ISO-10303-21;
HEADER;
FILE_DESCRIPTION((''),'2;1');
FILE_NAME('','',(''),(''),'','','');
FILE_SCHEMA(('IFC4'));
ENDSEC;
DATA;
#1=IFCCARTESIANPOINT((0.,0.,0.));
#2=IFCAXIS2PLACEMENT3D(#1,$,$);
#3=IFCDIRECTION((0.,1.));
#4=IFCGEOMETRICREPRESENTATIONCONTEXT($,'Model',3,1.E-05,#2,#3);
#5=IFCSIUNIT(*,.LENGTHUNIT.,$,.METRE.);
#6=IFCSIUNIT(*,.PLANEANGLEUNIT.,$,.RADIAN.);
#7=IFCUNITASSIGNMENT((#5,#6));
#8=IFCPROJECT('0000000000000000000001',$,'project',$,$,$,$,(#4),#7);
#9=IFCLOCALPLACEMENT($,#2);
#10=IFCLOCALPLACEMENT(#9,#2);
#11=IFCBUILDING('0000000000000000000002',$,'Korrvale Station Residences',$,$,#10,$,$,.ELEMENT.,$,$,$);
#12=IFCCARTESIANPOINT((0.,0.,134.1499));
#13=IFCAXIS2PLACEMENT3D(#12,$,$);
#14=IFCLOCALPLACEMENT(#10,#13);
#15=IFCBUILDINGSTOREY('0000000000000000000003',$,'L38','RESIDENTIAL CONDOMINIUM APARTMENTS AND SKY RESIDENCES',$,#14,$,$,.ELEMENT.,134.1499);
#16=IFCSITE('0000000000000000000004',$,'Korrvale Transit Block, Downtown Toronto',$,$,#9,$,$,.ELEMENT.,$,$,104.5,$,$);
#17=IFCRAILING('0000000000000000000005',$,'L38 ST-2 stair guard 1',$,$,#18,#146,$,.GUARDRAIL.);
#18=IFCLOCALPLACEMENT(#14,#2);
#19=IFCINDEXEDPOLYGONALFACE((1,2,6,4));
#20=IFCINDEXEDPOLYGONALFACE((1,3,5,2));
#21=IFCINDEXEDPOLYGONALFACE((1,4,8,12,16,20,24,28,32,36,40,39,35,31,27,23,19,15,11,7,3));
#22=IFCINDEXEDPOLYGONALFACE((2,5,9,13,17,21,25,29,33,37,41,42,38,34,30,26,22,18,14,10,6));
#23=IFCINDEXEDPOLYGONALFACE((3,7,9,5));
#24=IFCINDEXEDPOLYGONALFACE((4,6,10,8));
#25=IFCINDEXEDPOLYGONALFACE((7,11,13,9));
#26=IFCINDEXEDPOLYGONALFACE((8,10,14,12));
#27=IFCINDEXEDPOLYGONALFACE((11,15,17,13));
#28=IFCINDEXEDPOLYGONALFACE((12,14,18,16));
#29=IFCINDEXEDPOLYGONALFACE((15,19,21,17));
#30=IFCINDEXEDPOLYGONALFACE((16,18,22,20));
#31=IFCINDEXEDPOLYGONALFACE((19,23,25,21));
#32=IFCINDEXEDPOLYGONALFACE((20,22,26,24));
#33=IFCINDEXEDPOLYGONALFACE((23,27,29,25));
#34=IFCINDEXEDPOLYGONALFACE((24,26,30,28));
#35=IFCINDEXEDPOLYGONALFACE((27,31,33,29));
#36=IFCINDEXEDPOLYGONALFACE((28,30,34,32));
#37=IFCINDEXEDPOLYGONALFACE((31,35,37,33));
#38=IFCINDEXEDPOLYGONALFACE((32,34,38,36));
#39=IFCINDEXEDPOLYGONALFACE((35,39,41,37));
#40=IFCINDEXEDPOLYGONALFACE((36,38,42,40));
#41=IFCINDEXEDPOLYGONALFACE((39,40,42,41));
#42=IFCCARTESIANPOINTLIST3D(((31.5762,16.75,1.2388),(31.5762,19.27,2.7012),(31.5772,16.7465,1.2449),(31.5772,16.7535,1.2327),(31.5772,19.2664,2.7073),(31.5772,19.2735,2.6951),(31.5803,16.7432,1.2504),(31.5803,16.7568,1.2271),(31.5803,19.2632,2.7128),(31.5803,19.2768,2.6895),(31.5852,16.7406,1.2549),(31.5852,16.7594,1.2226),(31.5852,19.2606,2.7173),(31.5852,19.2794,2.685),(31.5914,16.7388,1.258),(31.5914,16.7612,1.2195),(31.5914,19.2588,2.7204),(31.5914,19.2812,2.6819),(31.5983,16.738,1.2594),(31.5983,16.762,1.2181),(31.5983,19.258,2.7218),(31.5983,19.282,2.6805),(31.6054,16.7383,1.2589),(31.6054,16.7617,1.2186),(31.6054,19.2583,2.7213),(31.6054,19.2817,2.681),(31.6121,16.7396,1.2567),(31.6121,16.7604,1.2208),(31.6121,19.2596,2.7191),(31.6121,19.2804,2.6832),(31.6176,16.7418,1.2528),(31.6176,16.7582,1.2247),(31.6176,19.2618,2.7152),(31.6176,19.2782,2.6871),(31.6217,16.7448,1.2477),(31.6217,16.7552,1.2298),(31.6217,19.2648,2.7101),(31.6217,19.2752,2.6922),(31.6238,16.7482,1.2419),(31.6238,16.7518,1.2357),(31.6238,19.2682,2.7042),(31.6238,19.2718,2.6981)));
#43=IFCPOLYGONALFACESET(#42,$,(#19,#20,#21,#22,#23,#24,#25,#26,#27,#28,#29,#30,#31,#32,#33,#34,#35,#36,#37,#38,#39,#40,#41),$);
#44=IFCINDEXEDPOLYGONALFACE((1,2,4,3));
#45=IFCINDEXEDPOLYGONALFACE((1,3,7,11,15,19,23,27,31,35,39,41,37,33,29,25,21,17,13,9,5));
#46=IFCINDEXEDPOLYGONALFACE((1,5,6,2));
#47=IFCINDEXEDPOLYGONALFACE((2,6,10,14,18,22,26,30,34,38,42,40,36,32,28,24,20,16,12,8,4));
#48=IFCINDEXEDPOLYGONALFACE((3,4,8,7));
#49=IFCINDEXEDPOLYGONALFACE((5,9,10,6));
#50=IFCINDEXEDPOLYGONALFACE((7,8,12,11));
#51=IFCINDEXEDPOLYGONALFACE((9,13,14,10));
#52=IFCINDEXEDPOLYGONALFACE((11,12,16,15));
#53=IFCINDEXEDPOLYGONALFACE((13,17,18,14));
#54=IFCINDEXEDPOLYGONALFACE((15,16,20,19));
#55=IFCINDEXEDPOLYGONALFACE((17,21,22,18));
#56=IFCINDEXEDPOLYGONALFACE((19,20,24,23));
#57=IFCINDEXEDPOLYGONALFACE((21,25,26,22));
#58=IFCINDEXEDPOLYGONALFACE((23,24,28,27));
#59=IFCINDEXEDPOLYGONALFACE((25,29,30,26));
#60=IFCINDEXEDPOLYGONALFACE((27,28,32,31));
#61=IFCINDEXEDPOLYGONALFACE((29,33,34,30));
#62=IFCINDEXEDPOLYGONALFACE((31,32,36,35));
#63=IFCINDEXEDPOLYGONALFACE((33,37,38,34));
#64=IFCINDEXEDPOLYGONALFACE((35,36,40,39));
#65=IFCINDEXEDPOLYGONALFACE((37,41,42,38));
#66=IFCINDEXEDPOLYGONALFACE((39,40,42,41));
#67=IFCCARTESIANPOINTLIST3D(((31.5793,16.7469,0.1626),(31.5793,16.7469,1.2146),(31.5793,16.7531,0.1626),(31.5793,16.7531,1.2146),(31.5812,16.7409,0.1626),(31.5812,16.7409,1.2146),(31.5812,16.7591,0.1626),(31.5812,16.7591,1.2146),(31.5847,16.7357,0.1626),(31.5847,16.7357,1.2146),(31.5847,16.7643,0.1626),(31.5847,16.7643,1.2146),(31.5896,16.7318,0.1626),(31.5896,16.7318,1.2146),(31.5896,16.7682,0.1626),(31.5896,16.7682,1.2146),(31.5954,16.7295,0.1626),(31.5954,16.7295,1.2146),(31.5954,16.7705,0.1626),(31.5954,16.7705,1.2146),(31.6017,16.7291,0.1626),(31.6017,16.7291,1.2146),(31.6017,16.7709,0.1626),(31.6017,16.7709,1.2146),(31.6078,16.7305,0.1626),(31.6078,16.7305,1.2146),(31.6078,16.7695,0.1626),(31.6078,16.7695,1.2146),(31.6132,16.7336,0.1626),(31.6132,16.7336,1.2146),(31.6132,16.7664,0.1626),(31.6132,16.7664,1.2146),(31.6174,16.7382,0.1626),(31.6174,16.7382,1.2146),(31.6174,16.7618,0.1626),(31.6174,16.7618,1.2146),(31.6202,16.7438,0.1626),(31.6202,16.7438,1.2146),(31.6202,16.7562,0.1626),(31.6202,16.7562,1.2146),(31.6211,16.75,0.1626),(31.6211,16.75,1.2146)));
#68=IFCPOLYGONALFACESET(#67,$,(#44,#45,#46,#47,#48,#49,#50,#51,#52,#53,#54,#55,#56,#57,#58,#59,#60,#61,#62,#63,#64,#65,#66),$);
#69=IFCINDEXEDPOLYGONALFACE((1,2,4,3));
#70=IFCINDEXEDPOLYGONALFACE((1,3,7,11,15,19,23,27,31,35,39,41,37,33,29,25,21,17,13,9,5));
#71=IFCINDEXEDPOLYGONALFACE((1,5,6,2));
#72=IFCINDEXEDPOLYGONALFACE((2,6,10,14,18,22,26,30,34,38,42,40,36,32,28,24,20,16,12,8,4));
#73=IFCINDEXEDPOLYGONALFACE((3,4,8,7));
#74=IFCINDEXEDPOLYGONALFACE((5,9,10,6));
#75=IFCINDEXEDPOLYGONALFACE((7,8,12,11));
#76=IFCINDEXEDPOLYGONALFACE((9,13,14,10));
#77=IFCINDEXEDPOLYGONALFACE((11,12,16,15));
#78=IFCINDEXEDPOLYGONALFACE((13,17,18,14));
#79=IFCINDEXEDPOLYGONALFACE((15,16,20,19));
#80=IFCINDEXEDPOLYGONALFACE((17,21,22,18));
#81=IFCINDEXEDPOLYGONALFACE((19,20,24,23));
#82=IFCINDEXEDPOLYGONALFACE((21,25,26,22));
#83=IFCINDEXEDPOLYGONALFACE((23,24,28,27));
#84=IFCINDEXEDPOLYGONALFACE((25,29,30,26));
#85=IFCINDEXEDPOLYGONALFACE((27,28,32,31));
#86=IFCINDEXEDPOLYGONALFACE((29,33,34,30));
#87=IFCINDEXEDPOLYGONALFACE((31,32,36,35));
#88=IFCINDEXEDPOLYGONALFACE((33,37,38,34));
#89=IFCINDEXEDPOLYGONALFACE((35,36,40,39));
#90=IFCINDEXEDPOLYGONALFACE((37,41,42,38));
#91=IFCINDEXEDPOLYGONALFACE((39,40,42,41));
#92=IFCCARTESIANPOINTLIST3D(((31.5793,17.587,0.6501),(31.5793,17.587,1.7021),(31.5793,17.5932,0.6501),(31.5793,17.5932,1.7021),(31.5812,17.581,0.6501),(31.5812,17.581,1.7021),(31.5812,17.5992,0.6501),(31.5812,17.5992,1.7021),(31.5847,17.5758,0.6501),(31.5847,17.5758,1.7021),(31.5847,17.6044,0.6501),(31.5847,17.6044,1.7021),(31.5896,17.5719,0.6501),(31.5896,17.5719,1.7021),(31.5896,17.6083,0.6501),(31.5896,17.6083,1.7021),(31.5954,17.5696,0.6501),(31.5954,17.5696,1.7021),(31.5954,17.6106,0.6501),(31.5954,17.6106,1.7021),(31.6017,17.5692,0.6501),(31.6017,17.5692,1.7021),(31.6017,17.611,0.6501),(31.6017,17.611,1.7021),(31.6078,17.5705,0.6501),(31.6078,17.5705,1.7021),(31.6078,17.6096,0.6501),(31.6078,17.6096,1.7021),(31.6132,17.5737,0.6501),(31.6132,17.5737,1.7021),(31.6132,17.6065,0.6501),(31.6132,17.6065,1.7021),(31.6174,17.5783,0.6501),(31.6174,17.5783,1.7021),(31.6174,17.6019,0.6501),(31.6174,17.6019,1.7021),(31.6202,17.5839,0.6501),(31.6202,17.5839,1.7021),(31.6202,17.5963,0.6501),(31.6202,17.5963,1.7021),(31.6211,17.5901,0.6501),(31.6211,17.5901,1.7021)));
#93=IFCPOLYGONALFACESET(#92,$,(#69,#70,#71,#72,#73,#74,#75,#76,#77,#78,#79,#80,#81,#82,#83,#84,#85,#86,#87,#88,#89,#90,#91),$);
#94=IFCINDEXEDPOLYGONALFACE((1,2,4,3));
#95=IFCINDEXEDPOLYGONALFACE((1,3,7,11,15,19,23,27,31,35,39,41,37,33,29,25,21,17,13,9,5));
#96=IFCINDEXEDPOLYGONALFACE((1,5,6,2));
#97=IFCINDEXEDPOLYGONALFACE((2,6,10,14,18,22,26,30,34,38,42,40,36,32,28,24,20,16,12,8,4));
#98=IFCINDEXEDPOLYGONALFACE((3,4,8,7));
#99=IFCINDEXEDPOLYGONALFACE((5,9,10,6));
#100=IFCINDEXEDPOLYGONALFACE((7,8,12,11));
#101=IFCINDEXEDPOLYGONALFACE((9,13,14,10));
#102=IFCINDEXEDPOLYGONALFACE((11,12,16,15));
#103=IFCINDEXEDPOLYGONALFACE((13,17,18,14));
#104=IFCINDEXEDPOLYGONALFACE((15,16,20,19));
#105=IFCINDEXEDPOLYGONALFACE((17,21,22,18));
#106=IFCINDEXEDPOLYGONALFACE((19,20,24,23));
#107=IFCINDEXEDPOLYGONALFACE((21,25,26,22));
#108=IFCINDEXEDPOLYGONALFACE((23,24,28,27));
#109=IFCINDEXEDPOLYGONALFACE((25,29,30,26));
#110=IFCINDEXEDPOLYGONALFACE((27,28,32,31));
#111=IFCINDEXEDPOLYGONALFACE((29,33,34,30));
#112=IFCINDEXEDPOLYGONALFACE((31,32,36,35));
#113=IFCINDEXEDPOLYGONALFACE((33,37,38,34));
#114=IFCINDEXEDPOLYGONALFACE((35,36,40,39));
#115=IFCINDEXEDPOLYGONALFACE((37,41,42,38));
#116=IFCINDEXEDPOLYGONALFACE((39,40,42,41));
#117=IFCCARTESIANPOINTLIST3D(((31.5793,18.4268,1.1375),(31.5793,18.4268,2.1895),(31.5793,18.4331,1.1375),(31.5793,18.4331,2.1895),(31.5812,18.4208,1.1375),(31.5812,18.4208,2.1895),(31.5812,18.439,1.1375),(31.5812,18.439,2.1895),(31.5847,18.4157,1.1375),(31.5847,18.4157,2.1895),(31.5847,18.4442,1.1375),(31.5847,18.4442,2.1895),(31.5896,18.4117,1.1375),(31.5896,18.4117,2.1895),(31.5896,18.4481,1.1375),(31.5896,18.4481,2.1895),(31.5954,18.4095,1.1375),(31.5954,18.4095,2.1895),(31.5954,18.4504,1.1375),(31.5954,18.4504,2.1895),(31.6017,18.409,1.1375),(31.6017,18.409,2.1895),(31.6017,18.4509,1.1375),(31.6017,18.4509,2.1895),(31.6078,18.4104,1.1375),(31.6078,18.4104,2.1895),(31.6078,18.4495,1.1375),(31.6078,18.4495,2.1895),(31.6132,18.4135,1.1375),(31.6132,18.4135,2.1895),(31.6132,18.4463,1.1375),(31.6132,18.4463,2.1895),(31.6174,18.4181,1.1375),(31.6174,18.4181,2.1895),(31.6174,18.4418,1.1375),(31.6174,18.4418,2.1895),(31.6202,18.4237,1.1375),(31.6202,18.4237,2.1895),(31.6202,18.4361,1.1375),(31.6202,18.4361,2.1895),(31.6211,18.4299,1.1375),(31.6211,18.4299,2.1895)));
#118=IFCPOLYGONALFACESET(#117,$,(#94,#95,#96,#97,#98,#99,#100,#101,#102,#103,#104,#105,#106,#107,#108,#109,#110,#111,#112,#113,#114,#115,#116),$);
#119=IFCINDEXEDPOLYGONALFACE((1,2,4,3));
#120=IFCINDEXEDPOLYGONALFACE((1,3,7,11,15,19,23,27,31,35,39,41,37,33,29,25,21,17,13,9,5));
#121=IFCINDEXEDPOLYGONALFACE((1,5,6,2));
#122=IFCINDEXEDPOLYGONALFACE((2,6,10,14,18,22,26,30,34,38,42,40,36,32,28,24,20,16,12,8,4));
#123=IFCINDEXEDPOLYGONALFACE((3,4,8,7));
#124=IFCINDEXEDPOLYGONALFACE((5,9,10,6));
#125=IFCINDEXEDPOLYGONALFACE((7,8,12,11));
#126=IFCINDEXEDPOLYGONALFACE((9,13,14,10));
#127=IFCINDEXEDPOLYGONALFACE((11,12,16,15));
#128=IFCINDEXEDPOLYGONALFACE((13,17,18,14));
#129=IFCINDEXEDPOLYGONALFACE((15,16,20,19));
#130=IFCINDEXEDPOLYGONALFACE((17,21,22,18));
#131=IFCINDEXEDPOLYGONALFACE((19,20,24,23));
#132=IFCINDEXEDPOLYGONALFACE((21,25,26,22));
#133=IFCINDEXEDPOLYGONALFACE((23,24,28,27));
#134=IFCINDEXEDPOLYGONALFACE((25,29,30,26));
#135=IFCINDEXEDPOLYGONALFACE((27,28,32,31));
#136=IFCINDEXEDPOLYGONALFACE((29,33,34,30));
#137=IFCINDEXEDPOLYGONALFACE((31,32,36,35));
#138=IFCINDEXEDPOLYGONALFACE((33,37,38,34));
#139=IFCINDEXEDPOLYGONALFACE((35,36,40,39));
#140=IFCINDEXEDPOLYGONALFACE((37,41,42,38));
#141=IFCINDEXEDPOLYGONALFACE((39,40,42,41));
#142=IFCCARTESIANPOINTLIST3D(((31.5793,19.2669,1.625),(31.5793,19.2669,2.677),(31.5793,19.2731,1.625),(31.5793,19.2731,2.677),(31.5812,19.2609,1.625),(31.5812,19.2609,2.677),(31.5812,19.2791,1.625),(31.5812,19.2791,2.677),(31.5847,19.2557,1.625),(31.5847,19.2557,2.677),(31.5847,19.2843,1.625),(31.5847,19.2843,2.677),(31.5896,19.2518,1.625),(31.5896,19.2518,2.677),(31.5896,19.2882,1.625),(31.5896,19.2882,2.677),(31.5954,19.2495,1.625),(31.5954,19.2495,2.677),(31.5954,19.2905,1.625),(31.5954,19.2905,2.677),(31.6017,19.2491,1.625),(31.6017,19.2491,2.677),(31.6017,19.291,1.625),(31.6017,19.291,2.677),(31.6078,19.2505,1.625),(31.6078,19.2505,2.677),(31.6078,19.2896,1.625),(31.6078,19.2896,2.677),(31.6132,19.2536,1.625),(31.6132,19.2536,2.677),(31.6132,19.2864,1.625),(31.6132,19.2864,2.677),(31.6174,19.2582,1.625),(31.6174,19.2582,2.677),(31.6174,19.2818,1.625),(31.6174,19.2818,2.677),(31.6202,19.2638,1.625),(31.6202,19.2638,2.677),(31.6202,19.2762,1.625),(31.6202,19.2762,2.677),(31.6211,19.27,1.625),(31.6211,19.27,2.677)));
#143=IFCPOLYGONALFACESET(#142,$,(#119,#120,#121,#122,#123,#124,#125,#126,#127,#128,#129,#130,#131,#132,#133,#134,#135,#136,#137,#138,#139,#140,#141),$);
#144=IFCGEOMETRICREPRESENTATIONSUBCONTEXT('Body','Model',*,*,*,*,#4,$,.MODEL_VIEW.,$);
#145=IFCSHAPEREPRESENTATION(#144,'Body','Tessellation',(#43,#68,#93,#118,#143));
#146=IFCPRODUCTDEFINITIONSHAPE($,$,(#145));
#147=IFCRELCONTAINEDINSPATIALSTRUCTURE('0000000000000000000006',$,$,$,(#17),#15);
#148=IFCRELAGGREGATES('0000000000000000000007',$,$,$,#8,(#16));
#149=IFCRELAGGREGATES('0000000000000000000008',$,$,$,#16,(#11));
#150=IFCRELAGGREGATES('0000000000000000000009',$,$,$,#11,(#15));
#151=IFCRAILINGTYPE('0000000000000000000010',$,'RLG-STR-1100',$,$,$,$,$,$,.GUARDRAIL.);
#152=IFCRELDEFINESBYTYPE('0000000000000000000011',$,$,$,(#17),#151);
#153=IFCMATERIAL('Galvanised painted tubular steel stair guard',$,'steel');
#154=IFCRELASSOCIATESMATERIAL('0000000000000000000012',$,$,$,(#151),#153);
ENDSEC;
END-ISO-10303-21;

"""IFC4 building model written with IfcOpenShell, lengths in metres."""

from ifc_helpers import new_model, si_unit, direction, frame, origin, origin_2d, place, context, subcontext, project, spatial, circle, extrude, material, type_object, element, save


model = new_model("IFC4")

# Units and contexts
model_context = context("Model", 3, precision=1e-05, world=origin(), true_north=direction((0.0, 1.0)))
body_context = subcontext(model_context, "Body", "Model", "MODEL_VIEW")
ifc_project = project(units=[si_unit("LENGTHUNIT", "METRE"), si_unit("PLANEANGLEUNIT", "RADIAN")], contexts=[model_context])

# Site, building, storey
site_placement = place(None, origin())
site = spatial("IfcSite", under=ifc_project, at=site_placement, Name="Korrvale Transit Block, Downtown Toronto", CompositionType="ELEMENT", RefElevation=104.5)
building_placement = place(site_placement, origin())
building = spatial("IfcBuilding", under=site, at=building_placement, Name="Korrvale Station Residences", CompositionType="ELEMENT")
storey_placement = place(building_placement, frame((0.0, 0.0, 134.1499)))
storey = spatial("IfcBuildingStorey", under=building, at=storey_placement, Name="L38", Description="RESIDENTIAL CONDOMINIUM APARTMENTS AND SKY RESIDENCES", CompositionType="ELEMENT", Elevation=134.1499)

# Railing
ifc_material_1 = material(Name="Galvanised painted tubular steel stair guard", Category="steel")
railing_type_1 = type_object("IfcRailingType", Name="RLG-STR-1100", PredefinedType="GUARDRAIL", material=ifc_material_1)
railing_1_placement = place(storey_placement, frame((31.6001, 16.75, 0.1626)))
element("IfcRailing", 1, at=railing_1_placement, inside=storey, type_object=railing_type_1, Name="L38 ST-2 stair guard 1", PredefinedType="GUARDRAIL", context=body_context, shape_type="SweptSolid", body=[
    extrude(circle(Radius=0.0239, at=origin_2d()), frame((0.0, 0.0, 1.0762), z_axis=(0.0, 0.864913, 0.501921), x_axis=(-1.0, 0.0, 0.0)), (0.0, 0.0, 1.0), 2.9136),
    extrude(circle(Radius=0.021, at=origin_2d()), origin(), (0.0, 0.0, 1.0), 1.052),
    extrude(circle(Radius=0.021, at=origin_2d()), frame((0.0, 0.8401, 0.4875)), (0.0, 0.0, 1.0), 1.052),
    extrude(circle(Radius=0.021, at=origin_2d()), frame((0.0, 1.6799, 0.9749)), (0.0, 0.0, 1.0), 1.052),
    extrude(circle(Radius=0.021, at=origin_2d()), frame((0.0, 2.52, 1.4624)), (0.0, 0.0, 1.0), 1.052),
])

save(model, "model.ifc")
